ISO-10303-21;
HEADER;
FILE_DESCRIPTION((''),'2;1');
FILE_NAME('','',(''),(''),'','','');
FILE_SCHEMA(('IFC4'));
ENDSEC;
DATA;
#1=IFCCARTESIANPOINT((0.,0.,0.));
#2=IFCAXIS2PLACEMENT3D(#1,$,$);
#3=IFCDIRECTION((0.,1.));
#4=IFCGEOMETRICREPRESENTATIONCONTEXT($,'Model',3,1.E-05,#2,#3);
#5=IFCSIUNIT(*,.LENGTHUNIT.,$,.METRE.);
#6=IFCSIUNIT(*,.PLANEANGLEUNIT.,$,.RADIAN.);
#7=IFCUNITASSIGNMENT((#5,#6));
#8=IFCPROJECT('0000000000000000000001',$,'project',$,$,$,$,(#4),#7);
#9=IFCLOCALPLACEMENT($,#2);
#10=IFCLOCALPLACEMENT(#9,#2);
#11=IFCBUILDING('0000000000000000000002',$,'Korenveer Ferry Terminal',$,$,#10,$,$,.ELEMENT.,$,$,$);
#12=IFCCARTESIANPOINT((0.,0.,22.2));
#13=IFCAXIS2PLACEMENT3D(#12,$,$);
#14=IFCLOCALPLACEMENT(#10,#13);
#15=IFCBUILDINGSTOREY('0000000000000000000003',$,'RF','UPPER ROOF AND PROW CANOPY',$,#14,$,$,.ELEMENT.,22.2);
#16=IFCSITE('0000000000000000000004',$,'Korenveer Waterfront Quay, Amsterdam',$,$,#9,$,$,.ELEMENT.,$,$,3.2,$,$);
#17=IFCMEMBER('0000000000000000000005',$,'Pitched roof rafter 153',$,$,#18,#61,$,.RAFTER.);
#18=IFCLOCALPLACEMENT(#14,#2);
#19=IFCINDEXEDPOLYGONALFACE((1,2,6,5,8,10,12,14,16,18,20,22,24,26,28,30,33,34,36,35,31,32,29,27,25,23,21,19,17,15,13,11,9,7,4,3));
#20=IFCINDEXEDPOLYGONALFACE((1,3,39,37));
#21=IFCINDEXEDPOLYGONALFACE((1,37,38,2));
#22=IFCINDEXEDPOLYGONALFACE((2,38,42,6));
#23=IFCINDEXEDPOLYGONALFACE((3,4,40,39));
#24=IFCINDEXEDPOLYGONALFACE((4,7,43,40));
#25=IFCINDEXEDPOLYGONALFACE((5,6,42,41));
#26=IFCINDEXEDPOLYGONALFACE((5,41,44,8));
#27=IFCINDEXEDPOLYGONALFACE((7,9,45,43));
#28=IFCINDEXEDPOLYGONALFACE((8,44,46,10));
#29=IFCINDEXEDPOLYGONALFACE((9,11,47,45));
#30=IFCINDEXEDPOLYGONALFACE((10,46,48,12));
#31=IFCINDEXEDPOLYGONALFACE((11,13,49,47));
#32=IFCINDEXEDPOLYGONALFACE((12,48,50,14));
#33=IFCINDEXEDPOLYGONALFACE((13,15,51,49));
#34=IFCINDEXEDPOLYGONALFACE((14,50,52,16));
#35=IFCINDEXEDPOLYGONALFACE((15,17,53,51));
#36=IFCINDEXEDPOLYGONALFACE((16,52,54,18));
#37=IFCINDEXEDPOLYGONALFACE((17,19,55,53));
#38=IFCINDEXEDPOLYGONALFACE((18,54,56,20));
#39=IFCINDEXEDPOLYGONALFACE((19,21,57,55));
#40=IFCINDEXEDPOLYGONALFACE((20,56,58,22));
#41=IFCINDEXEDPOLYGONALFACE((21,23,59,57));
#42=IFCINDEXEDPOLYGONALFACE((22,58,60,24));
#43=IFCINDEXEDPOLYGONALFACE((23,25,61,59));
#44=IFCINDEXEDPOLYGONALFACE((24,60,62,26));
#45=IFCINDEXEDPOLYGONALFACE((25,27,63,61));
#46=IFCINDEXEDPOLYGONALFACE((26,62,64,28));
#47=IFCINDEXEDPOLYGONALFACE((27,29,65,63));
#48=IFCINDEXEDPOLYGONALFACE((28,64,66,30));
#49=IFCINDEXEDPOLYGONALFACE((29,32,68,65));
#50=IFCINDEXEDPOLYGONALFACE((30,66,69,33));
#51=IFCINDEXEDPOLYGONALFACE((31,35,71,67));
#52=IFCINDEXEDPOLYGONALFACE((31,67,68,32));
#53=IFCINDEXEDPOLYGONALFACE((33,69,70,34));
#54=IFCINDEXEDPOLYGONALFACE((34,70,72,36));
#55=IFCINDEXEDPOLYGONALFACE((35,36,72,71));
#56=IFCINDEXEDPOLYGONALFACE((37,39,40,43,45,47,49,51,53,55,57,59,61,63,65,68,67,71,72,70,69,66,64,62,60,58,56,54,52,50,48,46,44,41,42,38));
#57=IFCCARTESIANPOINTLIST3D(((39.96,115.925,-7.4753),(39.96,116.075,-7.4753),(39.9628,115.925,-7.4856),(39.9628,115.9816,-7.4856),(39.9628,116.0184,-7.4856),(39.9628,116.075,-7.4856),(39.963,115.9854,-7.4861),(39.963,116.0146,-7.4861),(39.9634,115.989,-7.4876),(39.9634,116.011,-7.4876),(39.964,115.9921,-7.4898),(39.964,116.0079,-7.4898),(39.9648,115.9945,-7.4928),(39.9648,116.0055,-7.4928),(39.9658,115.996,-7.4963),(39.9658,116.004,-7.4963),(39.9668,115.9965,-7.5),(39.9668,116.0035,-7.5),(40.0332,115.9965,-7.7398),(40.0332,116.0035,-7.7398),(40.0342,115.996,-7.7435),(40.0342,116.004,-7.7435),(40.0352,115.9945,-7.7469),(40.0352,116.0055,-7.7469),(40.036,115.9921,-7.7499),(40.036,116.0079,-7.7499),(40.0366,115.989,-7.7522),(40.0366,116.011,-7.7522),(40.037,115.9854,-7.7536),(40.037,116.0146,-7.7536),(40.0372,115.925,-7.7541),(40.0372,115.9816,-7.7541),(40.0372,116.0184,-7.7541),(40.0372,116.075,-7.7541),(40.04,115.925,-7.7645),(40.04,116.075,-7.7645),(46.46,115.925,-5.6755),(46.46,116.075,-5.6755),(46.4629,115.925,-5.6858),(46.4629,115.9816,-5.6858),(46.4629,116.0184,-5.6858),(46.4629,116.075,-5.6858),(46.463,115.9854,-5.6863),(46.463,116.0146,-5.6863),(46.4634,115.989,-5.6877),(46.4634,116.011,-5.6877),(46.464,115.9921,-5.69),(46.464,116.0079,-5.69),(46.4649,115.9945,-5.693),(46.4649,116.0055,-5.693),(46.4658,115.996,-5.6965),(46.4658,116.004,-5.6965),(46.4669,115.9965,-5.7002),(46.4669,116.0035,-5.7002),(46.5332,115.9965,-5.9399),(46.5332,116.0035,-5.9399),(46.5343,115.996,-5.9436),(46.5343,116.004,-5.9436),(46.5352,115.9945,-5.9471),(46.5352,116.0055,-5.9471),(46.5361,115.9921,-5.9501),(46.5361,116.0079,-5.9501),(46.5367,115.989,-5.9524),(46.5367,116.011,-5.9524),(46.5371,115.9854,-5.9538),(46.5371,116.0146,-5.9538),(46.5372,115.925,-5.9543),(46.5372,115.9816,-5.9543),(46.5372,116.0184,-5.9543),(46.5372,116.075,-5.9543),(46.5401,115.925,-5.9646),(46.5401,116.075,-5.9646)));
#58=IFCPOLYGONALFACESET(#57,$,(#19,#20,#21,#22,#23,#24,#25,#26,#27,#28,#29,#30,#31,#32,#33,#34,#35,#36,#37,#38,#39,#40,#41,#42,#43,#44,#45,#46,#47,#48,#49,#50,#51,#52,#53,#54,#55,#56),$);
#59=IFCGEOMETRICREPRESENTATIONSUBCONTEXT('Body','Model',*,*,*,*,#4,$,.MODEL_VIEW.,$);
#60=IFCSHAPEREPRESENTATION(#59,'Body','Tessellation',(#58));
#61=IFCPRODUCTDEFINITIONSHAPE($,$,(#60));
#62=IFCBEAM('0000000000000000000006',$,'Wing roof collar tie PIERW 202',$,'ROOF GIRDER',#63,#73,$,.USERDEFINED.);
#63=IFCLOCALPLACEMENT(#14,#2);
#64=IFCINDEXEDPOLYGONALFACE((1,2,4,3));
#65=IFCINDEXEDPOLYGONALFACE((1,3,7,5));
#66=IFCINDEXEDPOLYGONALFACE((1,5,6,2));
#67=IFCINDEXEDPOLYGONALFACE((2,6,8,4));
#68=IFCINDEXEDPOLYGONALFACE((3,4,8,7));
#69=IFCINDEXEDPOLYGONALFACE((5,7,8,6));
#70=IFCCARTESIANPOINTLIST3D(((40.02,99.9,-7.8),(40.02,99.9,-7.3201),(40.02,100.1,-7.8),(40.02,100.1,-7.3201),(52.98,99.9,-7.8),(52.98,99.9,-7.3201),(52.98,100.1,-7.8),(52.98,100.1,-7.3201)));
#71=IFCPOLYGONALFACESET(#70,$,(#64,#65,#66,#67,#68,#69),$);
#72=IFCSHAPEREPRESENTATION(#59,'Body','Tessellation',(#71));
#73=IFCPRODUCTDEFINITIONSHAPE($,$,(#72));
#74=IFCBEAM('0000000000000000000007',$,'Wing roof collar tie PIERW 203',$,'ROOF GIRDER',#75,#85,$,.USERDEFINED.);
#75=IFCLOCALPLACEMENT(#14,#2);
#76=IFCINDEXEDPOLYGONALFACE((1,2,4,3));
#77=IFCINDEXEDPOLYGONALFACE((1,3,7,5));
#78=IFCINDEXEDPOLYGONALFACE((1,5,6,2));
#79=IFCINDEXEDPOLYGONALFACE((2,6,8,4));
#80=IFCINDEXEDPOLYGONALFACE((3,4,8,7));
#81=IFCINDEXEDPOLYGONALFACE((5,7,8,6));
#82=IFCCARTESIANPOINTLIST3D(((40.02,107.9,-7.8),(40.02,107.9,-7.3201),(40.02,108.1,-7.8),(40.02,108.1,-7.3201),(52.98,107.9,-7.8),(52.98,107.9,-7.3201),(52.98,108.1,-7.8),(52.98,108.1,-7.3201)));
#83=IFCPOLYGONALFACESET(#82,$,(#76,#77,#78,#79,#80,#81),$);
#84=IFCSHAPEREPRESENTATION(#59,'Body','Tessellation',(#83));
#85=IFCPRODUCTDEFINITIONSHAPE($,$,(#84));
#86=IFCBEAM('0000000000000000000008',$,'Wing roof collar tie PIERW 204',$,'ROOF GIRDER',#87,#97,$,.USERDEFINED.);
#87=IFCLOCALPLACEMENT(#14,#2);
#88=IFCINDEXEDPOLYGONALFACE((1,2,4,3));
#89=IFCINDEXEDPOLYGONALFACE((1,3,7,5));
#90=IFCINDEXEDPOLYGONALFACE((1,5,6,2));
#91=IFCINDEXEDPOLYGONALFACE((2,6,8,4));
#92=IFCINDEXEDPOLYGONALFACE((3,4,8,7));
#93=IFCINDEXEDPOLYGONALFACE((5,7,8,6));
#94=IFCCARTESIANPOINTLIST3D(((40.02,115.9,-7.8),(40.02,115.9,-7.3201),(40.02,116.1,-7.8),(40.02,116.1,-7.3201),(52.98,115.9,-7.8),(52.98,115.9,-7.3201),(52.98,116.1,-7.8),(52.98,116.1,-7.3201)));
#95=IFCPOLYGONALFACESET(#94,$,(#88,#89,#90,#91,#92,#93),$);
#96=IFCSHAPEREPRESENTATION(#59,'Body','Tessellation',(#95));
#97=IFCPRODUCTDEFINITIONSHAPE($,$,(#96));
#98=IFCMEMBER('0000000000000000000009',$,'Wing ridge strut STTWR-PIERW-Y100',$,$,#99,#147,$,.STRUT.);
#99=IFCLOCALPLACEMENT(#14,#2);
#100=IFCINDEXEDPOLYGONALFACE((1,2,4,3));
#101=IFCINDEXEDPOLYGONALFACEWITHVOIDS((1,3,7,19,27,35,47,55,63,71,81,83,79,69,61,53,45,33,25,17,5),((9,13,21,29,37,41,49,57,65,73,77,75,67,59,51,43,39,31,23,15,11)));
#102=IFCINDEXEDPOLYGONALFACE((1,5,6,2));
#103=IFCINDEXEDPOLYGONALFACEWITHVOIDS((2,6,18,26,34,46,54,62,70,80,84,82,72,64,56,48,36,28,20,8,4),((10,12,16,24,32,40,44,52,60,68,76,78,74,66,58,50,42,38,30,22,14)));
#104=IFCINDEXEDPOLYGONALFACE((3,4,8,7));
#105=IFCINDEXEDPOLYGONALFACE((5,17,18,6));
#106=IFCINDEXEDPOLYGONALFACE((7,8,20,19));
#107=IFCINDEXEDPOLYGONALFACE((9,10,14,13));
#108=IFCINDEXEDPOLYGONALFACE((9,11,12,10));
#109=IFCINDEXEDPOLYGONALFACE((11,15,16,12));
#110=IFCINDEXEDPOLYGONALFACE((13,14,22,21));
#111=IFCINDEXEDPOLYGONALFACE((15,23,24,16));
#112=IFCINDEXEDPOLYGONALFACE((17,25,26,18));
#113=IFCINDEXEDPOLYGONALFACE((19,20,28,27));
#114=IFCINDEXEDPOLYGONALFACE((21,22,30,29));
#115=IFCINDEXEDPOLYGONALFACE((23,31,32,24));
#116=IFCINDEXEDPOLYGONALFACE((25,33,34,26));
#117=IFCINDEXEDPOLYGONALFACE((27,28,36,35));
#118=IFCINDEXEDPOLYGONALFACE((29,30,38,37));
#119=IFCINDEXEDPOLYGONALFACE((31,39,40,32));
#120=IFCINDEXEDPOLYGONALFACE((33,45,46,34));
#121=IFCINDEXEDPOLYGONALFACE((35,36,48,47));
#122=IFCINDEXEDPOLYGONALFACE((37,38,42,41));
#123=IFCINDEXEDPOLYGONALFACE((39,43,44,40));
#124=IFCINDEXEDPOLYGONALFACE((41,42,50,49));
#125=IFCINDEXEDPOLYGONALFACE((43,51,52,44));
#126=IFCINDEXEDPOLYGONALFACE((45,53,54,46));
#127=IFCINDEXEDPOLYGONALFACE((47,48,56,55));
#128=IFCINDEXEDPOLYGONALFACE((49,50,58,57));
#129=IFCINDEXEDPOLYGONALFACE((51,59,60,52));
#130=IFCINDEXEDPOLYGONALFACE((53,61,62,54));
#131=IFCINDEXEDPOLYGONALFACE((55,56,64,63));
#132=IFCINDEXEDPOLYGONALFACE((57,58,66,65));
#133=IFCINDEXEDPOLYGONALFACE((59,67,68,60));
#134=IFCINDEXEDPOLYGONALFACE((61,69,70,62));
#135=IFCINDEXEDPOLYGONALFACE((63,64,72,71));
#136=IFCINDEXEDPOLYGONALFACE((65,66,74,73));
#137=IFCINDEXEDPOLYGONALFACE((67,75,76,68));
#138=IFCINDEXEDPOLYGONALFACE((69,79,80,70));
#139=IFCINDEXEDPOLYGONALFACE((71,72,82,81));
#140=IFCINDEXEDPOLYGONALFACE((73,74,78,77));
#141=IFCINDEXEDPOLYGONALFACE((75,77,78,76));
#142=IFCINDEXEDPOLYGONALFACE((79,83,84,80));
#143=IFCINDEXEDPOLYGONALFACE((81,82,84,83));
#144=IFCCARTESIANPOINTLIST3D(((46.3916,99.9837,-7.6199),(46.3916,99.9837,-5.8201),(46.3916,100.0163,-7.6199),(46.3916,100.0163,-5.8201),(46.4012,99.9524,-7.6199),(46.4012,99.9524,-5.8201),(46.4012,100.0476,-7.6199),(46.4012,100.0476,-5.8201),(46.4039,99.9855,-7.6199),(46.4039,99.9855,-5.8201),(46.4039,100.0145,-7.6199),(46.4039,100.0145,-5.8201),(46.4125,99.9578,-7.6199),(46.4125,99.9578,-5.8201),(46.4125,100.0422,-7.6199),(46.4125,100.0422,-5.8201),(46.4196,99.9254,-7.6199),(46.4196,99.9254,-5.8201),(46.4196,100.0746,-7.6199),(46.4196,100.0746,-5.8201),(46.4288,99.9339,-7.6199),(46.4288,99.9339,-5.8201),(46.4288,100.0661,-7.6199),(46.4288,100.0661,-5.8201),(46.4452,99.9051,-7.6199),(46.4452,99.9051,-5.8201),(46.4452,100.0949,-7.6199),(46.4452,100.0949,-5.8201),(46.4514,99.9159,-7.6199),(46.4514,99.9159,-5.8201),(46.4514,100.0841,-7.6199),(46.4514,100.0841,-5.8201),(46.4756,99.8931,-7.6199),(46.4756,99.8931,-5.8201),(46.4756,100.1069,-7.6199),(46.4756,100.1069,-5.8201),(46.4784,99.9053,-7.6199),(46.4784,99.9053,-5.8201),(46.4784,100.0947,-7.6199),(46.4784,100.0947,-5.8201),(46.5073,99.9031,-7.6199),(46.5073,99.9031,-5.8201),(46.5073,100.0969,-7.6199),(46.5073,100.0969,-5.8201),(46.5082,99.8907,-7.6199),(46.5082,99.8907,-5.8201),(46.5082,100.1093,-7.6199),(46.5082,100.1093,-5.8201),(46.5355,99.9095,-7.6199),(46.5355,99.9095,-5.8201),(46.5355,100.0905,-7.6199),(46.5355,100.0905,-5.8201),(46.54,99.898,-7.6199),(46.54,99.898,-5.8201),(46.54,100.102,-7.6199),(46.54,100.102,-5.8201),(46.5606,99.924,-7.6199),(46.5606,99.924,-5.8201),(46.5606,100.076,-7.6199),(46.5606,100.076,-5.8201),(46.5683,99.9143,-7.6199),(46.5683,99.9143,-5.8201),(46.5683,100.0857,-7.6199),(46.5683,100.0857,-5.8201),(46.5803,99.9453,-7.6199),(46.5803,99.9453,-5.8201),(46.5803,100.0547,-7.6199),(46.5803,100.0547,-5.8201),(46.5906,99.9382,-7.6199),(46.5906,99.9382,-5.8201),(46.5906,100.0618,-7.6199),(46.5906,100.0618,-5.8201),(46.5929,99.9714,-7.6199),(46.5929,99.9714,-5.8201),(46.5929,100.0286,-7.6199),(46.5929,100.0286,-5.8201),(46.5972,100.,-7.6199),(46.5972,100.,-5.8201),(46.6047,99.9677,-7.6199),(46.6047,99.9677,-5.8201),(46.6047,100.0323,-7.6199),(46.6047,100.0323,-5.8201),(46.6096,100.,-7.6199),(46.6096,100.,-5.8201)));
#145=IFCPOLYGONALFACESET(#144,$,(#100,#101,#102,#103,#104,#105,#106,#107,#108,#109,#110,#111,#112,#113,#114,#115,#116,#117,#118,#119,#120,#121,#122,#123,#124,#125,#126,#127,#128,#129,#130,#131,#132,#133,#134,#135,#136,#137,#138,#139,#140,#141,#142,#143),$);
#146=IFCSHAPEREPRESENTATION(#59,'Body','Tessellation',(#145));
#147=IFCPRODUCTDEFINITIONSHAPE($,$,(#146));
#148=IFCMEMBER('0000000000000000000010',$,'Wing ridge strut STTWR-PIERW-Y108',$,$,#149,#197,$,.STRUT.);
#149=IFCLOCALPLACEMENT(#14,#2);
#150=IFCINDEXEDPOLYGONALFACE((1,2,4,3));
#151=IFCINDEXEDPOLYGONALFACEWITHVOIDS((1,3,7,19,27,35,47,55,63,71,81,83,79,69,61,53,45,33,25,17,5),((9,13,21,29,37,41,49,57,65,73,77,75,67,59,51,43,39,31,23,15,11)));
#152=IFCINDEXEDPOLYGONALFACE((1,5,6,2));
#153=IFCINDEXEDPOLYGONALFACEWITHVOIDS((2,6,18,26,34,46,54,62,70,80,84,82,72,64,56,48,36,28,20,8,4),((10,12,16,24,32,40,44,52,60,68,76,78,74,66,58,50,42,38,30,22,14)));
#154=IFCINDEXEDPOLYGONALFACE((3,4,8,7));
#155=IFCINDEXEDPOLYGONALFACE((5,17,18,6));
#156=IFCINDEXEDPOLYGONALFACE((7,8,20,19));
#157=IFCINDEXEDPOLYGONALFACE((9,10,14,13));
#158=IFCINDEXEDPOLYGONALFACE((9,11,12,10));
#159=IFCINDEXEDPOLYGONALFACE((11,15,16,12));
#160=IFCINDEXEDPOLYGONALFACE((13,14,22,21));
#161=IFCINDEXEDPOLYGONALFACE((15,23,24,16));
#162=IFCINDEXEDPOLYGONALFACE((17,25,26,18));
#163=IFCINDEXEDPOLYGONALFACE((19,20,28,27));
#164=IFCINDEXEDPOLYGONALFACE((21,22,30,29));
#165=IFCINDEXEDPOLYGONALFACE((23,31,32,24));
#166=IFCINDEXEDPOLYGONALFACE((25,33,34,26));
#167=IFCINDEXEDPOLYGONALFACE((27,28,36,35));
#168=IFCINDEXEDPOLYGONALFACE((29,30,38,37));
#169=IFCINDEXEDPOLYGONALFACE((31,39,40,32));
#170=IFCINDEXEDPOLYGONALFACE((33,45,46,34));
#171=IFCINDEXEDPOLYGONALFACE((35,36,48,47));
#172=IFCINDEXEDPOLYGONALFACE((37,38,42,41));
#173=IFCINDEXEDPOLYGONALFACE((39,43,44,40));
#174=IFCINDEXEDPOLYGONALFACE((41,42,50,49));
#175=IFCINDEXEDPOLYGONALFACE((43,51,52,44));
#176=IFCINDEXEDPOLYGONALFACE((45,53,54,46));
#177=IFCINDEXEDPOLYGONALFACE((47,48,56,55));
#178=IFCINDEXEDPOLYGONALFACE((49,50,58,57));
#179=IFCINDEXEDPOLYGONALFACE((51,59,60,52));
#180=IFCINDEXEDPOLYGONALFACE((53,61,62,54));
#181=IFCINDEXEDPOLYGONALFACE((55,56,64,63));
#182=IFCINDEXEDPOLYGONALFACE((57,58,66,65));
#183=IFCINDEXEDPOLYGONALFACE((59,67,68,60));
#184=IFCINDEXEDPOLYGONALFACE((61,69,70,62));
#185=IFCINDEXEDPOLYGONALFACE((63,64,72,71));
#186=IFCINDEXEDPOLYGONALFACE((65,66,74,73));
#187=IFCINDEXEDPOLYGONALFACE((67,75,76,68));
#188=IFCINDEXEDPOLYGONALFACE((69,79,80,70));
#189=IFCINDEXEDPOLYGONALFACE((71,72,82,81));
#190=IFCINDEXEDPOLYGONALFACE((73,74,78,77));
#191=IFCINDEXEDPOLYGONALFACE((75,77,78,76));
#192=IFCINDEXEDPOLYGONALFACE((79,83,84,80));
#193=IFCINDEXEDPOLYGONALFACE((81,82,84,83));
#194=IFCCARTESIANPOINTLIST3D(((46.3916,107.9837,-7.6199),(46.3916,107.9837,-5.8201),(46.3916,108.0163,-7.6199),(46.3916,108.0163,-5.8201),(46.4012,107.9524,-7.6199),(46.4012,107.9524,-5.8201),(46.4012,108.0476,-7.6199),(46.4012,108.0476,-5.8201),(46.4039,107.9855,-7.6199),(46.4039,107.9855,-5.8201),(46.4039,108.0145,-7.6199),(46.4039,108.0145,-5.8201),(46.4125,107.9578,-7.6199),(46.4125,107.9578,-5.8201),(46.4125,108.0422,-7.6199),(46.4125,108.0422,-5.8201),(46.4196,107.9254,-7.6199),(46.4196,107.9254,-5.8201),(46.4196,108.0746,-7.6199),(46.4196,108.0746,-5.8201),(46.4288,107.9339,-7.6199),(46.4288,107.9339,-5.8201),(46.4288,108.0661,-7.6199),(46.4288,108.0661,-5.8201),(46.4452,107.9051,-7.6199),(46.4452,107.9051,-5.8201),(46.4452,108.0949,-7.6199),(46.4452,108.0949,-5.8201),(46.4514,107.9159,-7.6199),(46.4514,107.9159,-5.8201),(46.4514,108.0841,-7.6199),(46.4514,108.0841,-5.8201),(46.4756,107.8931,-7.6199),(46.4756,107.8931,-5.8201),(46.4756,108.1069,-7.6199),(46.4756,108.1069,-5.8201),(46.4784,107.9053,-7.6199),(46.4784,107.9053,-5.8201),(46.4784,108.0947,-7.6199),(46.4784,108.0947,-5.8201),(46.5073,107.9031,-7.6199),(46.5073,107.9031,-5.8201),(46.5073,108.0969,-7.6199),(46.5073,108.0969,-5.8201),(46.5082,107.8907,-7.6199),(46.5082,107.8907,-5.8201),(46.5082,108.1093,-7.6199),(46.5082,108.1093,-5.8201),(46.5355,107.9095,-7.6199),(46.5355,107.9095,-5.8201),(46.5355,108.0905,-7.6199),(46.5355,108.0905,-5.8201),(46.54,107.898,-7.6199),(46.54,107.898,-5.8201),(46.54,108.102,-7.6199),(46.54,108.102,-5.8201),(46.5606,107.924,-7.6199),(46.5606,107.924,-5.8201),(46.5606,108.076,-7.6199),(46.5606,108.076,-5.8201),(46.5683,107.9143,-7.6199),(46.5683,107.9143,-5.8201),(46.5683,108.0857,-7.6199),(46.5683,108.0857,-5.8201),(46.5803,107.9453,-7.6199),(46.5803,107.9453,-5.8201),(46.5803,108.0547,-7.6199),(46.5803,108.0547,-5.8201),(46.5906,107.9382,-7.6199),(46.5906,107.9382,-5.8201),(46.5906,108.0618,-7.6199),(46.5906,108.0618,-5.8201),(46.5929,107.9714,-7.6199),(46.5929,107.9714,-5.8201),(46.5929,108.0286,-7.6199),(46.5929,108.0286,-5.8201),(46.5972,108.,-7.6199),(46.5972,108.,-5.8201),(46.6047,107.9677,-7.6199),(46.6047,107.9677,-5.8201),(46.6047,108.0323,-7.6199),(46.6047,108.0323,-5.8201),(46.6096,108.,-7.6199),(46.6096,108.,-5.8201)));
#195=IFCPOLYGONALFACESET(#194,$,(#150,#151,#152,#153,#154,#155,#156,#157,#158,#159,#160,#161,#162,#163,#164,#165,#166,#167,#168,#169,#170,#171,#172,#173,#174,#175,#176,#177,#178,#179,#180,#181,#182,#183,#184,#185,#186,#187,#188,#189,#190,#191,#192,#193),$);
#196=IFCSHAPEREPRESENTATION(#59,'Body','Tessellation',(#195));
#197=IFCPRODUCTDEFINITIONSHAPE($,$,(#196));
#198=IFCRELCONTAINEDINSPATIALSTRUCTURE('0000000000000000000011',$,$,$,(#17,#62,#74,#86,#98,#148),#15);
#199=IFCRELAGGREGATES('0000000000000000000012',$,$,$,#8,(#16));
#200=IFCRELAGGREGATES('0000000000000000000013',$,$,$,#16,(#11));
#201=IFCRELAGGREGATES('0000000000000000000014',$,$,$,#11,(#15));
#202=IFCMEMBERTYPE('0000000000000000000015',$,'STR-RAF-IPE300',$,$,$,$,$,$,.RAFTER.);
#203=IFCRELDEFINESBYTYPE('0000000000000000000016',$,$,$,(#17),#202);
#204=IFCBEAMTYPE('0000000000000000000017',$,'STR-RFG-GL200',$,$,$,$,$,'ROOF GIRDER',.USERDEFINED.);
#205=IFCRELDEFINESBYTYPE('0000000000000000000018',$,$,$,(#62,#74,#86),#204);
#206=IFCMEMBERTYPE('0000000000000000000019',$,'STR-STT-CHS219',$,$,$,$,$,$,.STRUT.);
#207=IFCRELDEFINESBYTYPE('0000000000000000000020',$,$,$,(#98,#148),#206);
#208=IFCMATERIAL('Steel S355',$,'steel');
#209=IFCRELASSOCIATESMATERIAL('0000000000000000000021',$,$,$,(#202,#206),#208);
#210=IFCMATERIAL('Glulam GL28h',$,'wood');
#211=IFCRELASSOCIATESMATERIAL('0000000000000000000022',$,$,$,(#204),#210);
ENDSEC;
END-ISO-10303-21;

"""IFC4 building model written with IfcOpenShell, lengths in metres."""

from ifc_helpers import new_model, si_unit, direction, frame, origin, origin_2d, place, context, subcontext, project, spatial, rectangle, hollow_circle, i_section, extrude, material, material_profile, profile_set, type_object, element, save


model = new_model("IFC4")

# Units and contexts
model_context = context("Model", 3, precision=1e-05, world=origin(), true_north=direction((0.0, 1.0)))
body_context = subcontext(model_context, "Body", "Model", "MODEL_VIEW")
ifc_project = project(units=[si_unit("LENGTHUNIT", "METRE"), si_unit("PLANEANGLEUNIT", "RADIAN")], contexts=[model_context])

# Site, building, storey
site_placement = place(None, origin())
site = spatial("IfcSite", under=ifc_project, at=site_placement, Name="Korenveer Waterfront Quay, Amsterdam", CompositionType="ELEMENT", RefElevation=3.2)
building_placement = place(site_placement, origin())
building = spatial("IfcBuilding", under=site, at=building_placement, Name="Korenveer Ferry Terminal", CompositionType="ELEMENT")
storey_placement = place(building_placement, frame((0.0, 0.0, 22.2)))
storey = spatial("IfcBuildingStorey", under=building, at=storey_placement, Name="RF", Description="UPPER ROOF AND PROW CANOPY", CompositionType="ELEMENT", Elevation=22.2)

# Shared definitions
ifc_material_1 = material(Name="Steel S355", Category="steel")

# Member
ifc_material_profile_1 = material_profile(ifc_material_1, i_section(OverallWidth=0.1499, OverallDepth=0.3, WebThickness=0.0071, FlangeThickness=0.0107, FilletRadius=0.0149, at=origin_2d()), Name="IPE 300")
ifc_profile_set_1 = profile_set([ifc_material_profile_1], Name="Steel S355")
member_type_1 = type_object("IfcMemberType", Name="STR-RAF-IPE300", PredefinedType="RAFTER", material=ifc_profile_set_1)
for number, where, z_axis, x_axis, name in (
    (1, (40.0, 116.0, -7.6199), (0.963737, 0.0, 0.266852), (0.0, 1.0, 0.0), "Pitched roof rafter 153"),
):
    element("IfcMember", number, at=place(storey_placement, frame(where, z_axis=z_axis, x_axis=x_axis)), inside=storey, type_object=member_type_1, Name=name, PredefinedType="RAFTER", context=body_context, shape_type="SweptSolid", body=[
        extrude(i_section(OverallWidth=0.1499, OverallDepth=0.3, WebThickness=0.0071, FlangeThickness=0.0107, FilletRadius=0.0149, at=origin_2d()), origin(), (0.0, 0.0, 1.0), 6.7446),
    ])

# Beams
ifc_material_2 = material(Name="Glulam GL28h", Category="wood")
ifc_material_profile_2 = material_profile(ifc_material_2, rectangle(XDim=0.2, YDim=0.48, at=origin_2d()), Name="GL 200x480")
ifc_profile_set_2 = profile_set([ifc_material_profile_2], Name="Glulam GL28h")
beam_type_1 = type_object("IfcBeamType", Name="STR-RFG-GL200", ElementType="ROOF GIRDER", PredefinedType="USERDEFINED", material=ifc_profile_set_2)
for number, where, z_axis, x_axis, name in (
    (2, (40.02, 100.0, -7.5601), (1.0, 0.0, 0.0), (0.0, 1.0, 0.0), "Wing roof collar tie PIERW 202"),
    (3, (40.02, 108.0, -7.5601), (1.0, 0.0, 0.0), (0.0, 1.0, 0.0), "Wing roof collar tie PIERW 203"),
    (4, (40.02, 116.0, -7.5601), (1.0, 0.0, 0.0), (0.0, 1.0, 0.0), "Wing roof collar tie PIERW 204"),
):
    element("IfcBeam", number, at=place(storey_placement, frame(where, z_axis=z_axis, x_axis=x_axis)), inside=storey, type_object=beam_type_1, Name=name, ObjectType="ROOF GIRDER", PredefinedType="USERDEFINED", context=body_context, shape_type="SweptSolid", body=[
        extrude(rectangle(XDim=0.2, YDim=0.48, at=origin_2d()), origin(), (0.0, 0.0, 1.0), 12.96),
    ])

# Members
ifc_material_profile_3 = material_profile(ifc_material_1, hollow_circle(Radius=0.1096, WallThickness=0.0125, at=origin_2d()), Name="CHS 219.1x12.5")
ifc_profile_set_3 = profile_set([ifc_material_profile_3], Name="Steel S355")
member_type_2 = type_object("IfcMemberType", Name="STR-STT-CHS219", PredefinedType="STRUT", material=ifc_profile_set_3)
for number, where, z_axis, x_axis, name in (
    (5, (46.5, 100.0, -7.6199), (0.0, 0.0, 1.0), (1.0, 0.0, 0.0), "Wing ridge strut STTWR-PIERW-Y100"),
    (6, (46.5, 108.0, -7.6199), (0.0, 0.0, 1.0), (1.0, 0.0, 0.0), "Wing ridge strut STTWR-PIERW-Y108"),
):
    element("IfcMember", number, at=place(storey_placement, frame(where, z_axis=z_axis, x_axis=x_axis)), inside=storey, type_object=member_type_2, Name=name, PredefinedType="STRUT", context=body_context, shape_type="SweptSolid", body=[
        extrude(hollow_circle(Radius=0.1096, WallThickness=0.0125, at=origin_2d()), origin(), (0.0, 0.0, 1.0), 1.7998),
    ])

save(model, "model.ifc")
